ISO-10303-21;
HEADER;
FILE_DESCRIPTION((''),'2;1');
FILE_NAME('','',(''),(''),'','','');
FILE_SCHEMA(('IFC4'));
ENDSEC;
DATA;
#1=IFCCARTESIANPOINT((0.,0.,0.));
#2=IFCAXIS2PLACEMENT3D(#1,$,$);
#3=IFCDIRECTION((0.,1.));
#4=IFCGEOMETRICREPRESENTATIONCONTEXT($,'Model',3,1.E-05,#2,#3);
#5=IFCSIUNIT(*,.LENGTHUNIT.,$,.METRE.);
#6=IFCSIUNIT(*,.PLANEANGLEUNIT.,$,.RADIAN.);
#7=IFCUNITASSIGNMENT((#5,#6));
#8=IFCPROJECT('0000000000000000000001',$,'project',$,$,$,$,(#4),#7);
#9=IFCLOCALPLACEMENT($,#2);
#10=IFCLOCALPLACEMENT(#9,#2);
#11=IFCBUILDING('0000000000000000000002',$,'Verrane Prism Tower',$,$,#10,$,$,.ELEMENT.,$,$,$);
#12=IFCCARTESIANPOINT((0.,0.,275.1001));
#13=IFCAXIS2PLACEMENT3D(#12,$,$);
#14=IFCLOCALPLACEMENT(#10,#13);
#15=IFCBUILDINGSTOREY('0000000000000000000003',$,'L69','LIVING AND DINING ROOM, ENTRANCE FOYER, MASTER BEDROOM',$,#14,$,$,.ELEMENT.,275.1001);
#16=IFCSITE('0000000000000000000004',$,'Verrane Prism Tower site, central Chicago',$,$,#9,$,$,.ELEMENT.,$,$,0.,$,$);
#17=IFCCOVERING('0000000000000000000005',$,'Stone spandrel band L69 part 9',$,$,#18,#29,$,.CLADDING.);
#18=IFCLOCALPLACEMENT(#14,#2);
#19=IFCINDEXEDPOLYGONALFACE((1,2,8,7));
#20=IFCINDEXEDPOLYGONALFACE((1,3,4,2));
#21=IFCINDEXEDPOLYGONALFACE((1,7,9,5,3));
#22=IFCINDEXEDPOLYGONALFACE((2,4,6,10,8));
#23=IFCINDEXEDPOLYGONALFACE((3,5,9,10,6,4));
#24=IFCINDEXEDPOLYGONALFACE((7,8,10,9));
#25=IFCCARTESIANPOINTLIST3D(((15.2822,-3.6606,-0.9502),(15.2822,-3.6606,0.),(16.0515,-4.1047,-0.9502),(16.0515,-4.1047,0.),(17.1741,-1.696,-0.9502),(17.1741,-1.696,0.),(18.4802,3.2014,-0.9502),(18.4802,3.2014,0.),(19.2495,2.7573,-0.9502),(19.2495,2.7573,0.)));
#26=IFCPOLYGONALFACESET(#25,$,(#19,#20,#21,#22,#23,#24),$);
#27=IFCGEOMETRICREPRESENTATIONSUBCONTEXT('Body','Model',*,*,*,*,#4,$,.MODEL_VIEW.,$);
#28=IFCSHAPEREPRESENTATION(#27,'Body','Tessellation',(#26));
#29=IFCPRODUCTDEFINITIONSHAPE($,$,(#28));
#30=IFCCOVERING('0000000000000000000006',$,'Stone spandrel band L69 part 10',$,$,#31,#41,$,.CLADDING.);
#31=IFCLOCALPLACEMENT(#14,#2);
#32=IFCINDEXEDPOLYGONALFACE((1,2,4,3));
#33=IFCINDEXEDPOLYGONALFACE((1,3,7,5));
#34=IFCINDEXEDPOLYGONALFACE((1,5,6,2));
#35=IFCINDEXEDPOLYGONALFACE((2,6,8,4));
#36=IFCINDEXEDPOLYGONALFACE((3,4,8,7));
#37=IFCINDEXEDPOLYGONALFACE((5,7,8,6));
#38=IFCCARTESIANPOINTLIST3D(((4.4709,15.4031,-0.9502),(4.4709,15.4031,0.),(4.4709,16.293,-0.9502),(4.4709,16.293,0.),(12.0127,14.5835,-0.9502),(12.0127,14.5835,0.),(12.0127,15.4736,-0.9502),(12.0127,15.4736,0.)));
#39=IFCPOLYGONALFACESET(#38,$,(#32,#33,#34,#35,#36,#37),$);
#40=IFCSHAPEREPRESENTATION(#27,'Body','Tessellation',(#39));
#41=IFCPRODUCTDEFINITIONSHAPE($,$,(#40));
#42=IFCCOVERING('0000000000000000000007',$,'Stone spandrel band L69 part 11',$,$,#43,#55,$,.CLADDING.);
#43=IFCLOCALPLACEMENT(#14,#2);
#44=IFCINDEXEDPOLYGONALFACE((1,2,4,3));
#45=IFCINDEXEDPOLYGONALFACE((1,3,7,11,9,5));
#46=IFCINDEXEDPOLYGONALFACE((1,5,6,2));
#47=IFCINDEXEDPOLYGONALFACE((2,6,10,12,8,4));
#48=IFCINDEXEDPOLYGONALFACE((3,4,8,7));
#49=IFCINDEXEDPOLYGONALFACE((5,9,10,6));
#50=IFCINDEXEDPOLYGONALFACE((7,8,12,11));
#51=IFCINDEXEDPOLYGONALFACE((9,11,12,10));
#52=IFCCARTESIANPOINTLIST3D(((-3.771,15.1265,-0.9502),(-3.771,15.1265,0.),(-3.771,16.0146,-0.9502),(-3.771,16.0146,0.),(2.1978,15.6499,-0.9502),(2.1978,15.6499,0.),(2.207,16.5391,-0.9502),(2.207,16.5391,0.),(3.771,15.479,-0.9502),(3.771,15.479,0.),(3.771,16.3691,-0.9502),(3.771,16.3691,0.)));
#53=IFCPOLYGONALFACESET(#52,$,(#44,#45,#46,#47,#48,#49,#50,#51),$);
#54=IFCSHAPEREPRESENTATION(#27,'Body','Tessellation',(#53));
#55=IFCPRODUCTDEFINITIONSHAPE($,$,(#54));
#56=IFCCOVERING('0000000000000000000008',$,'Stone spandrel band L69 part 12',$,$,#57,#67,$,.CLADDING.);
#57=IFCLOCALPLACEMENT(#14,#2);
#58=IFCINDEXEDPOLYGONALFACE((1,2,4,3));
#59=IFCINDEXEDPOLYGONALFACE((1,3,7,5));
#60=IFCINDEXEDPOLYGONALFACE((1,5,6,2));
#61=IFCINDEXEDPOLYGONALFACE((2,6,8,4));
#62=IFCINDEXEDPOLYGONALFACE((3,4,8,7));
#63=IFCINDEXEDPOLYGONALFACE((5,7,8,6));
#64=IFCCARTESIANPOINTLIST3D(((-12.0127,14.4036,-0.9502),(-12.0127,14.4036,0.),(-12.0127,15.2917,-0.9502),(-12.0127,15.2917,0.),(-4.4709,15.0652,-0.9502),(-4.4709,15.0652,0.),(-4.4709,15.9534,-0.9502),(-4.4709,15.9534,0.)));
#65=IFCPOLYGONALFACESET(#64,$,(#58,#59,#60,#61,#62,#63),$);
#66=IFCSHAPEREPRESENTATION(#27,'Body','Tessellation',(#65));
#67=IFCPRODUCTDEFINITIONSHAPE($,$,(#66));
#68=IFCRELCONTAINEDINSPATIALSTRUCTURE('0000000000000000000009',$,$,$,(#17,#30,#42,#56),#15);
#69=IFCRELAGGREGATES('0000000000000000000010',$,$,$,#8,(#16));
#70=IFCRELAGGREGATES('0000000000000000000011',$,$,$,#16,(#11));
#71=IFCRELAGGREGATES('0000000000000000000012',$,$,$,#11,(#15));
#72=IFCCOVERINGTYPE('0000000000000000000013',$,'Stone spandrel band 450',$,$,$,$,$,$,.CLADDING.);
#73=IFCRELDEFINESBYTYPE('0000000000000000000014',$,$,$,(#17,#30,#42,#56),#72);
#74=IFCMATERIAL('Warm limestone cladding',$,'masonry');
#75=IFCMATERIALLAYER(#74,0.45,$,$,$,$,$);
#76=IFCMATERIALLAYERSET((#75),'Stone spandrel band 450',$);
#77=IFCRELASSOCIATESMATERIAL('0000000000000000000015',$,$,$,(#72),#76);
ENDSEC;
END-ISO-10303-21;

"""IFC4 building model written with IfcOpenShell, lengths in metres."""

from ifc_helpers import new_model, si_unit, direction, frame, origin, place, context, subcontext, project, spatial, polyline, outline, extrude, material, layer, layer_set, type_object, element, save


model = new_model("IFC4")

# Units and contexts
model_context = context("Model", 3, precision=1e-05, world=origin(), true_north=direction((0.0, 1.0)))
body_context = subcontext(model_context, "Body", "Model", "MODEL_VIEW")
ifc_project = project(units=[si_unit("LENGTHUNIT", "METRE"), si_unit("PLANEANGLEUNIT", "RADIAN")], contexts=[model_context])

# Site, building, storey
site_placement = place(None, origin())
site = spatial("IfcSite", under=ifc_project, at=site_placement, Name="Verrane Prism Tower site, central Chicago", CompositionType="ELEMENT", RefElevation=0.0)
building_placement = place(site_placement, origin())
building = spatial("IfcBuilding", under=site, at=building_placement, Name="Verrane Prism Tower", CompositionType="ELEMENT")
storey_placement = place(building_placement, frame((0.0, 0.0, 275.1001)))
storey = spatial("IfcBuildingStorey", under=building, at=storey_placement, Name="L69", Description="LIVING AND DINING ROOM, ENTRANCE FOYER, MASTER BEDROOM", CompositionType="ELEMENT", Elevation=275.1001)

# Coverings
ifc_material_1 = material(Name="Warm limestone cladding", Category="masonry")
ifc_layer_1 = layer(ifc_material_1, 0.45)
ifc_layer_set_1 = layer_set([ifc_layer_1], Name="Stone spandrel band 450")
covering_type = type_object("IfcCoveringType", Name="Stone spandrel band 450", PredefinedType="CLADDING", material=ifc_layer_set_1)
covering_1_placement = place(storey_placement, frame((0.0, 0.0, -0.9502)))
element("IfcCovering", 1, at=covering_1_placement, inside=storey, type_object=covering_type, Name="Stone spandrel band L69 part 9", PredefinedType="CLADDING", context=body_context, shape_type="SweptSolid", body=[
    extrude(outline(polyline([(18.4802, 3.2014), (15.2822, -3.6606), (16.0515, -4.1047), (17.1741, -1.696), (19.2495, 2.7573), (18.4802, 3.2014)])), origin(), (0.0, 0.0, 1.0), 0.9502),
])
covering_2_placement = place(storey_placement, frame((0.0, 0.0, -0.9502)))
element("IfcCovering", 2, at=covering_2_placement, inside=storey, type_object=covering_type, Name="Stone spandrel band L69 part 10", PredefinedType="CLADDING", context=body_context, shape_type="SweptSolid", body=[
    extrude(outline(polyline([(4.4709, 15.4031), (12.0127, 14.5835), (12.0127, 15.4736), (4.4709, 16.293), (4.4709, 15.4031)])), origin(), (0.0, 0.0, 1.0), 0.9502),
])
covering_3_placement = place(storey_placement, frame((0.0, 0.0, -0.9502)))
element("IfcCovering", 3, at=covering_3_placement, inside=storey, type_object=covering_type, Name="Stone spandrel band L69 part 11", PredefinedType="CLADDING", context=body_context, shape_type="SweptSolid", body=[
    extrude(outline(polyline([(-3.771, 15.1265), (2.1978, 15.6499), (3.771, 15.479), (3.771, 16.3691), (2.207, 16.5391), (-3.771, 16.0146), (-3.771, 15.1265)])), origin(), (0.0, 0.0, 1.0), 0.9502),
])
covering_4_placement = place(storey_placement, frame((0.0, 0.0, -0.9502)))
element("IfcCovering", 4, at=covering_4_placement, inside=storey, type_object=covering_type, Name="Stone spandrel band L69 part 12", PredefinedType="CLADDING", context=body_context, shape_type="SweptSolid", body=[
    extrude(outline(polyline([(-12.0127, 14.4036), (-4.4709, 15.0652), (-4.4709, 15.9534), (-12.0127, 15.2917), (-12.0127, 14.4036)])), origin(), (0.0, 0.0, 1.0), 0.9502),
])

save(model, "model.ifc")
